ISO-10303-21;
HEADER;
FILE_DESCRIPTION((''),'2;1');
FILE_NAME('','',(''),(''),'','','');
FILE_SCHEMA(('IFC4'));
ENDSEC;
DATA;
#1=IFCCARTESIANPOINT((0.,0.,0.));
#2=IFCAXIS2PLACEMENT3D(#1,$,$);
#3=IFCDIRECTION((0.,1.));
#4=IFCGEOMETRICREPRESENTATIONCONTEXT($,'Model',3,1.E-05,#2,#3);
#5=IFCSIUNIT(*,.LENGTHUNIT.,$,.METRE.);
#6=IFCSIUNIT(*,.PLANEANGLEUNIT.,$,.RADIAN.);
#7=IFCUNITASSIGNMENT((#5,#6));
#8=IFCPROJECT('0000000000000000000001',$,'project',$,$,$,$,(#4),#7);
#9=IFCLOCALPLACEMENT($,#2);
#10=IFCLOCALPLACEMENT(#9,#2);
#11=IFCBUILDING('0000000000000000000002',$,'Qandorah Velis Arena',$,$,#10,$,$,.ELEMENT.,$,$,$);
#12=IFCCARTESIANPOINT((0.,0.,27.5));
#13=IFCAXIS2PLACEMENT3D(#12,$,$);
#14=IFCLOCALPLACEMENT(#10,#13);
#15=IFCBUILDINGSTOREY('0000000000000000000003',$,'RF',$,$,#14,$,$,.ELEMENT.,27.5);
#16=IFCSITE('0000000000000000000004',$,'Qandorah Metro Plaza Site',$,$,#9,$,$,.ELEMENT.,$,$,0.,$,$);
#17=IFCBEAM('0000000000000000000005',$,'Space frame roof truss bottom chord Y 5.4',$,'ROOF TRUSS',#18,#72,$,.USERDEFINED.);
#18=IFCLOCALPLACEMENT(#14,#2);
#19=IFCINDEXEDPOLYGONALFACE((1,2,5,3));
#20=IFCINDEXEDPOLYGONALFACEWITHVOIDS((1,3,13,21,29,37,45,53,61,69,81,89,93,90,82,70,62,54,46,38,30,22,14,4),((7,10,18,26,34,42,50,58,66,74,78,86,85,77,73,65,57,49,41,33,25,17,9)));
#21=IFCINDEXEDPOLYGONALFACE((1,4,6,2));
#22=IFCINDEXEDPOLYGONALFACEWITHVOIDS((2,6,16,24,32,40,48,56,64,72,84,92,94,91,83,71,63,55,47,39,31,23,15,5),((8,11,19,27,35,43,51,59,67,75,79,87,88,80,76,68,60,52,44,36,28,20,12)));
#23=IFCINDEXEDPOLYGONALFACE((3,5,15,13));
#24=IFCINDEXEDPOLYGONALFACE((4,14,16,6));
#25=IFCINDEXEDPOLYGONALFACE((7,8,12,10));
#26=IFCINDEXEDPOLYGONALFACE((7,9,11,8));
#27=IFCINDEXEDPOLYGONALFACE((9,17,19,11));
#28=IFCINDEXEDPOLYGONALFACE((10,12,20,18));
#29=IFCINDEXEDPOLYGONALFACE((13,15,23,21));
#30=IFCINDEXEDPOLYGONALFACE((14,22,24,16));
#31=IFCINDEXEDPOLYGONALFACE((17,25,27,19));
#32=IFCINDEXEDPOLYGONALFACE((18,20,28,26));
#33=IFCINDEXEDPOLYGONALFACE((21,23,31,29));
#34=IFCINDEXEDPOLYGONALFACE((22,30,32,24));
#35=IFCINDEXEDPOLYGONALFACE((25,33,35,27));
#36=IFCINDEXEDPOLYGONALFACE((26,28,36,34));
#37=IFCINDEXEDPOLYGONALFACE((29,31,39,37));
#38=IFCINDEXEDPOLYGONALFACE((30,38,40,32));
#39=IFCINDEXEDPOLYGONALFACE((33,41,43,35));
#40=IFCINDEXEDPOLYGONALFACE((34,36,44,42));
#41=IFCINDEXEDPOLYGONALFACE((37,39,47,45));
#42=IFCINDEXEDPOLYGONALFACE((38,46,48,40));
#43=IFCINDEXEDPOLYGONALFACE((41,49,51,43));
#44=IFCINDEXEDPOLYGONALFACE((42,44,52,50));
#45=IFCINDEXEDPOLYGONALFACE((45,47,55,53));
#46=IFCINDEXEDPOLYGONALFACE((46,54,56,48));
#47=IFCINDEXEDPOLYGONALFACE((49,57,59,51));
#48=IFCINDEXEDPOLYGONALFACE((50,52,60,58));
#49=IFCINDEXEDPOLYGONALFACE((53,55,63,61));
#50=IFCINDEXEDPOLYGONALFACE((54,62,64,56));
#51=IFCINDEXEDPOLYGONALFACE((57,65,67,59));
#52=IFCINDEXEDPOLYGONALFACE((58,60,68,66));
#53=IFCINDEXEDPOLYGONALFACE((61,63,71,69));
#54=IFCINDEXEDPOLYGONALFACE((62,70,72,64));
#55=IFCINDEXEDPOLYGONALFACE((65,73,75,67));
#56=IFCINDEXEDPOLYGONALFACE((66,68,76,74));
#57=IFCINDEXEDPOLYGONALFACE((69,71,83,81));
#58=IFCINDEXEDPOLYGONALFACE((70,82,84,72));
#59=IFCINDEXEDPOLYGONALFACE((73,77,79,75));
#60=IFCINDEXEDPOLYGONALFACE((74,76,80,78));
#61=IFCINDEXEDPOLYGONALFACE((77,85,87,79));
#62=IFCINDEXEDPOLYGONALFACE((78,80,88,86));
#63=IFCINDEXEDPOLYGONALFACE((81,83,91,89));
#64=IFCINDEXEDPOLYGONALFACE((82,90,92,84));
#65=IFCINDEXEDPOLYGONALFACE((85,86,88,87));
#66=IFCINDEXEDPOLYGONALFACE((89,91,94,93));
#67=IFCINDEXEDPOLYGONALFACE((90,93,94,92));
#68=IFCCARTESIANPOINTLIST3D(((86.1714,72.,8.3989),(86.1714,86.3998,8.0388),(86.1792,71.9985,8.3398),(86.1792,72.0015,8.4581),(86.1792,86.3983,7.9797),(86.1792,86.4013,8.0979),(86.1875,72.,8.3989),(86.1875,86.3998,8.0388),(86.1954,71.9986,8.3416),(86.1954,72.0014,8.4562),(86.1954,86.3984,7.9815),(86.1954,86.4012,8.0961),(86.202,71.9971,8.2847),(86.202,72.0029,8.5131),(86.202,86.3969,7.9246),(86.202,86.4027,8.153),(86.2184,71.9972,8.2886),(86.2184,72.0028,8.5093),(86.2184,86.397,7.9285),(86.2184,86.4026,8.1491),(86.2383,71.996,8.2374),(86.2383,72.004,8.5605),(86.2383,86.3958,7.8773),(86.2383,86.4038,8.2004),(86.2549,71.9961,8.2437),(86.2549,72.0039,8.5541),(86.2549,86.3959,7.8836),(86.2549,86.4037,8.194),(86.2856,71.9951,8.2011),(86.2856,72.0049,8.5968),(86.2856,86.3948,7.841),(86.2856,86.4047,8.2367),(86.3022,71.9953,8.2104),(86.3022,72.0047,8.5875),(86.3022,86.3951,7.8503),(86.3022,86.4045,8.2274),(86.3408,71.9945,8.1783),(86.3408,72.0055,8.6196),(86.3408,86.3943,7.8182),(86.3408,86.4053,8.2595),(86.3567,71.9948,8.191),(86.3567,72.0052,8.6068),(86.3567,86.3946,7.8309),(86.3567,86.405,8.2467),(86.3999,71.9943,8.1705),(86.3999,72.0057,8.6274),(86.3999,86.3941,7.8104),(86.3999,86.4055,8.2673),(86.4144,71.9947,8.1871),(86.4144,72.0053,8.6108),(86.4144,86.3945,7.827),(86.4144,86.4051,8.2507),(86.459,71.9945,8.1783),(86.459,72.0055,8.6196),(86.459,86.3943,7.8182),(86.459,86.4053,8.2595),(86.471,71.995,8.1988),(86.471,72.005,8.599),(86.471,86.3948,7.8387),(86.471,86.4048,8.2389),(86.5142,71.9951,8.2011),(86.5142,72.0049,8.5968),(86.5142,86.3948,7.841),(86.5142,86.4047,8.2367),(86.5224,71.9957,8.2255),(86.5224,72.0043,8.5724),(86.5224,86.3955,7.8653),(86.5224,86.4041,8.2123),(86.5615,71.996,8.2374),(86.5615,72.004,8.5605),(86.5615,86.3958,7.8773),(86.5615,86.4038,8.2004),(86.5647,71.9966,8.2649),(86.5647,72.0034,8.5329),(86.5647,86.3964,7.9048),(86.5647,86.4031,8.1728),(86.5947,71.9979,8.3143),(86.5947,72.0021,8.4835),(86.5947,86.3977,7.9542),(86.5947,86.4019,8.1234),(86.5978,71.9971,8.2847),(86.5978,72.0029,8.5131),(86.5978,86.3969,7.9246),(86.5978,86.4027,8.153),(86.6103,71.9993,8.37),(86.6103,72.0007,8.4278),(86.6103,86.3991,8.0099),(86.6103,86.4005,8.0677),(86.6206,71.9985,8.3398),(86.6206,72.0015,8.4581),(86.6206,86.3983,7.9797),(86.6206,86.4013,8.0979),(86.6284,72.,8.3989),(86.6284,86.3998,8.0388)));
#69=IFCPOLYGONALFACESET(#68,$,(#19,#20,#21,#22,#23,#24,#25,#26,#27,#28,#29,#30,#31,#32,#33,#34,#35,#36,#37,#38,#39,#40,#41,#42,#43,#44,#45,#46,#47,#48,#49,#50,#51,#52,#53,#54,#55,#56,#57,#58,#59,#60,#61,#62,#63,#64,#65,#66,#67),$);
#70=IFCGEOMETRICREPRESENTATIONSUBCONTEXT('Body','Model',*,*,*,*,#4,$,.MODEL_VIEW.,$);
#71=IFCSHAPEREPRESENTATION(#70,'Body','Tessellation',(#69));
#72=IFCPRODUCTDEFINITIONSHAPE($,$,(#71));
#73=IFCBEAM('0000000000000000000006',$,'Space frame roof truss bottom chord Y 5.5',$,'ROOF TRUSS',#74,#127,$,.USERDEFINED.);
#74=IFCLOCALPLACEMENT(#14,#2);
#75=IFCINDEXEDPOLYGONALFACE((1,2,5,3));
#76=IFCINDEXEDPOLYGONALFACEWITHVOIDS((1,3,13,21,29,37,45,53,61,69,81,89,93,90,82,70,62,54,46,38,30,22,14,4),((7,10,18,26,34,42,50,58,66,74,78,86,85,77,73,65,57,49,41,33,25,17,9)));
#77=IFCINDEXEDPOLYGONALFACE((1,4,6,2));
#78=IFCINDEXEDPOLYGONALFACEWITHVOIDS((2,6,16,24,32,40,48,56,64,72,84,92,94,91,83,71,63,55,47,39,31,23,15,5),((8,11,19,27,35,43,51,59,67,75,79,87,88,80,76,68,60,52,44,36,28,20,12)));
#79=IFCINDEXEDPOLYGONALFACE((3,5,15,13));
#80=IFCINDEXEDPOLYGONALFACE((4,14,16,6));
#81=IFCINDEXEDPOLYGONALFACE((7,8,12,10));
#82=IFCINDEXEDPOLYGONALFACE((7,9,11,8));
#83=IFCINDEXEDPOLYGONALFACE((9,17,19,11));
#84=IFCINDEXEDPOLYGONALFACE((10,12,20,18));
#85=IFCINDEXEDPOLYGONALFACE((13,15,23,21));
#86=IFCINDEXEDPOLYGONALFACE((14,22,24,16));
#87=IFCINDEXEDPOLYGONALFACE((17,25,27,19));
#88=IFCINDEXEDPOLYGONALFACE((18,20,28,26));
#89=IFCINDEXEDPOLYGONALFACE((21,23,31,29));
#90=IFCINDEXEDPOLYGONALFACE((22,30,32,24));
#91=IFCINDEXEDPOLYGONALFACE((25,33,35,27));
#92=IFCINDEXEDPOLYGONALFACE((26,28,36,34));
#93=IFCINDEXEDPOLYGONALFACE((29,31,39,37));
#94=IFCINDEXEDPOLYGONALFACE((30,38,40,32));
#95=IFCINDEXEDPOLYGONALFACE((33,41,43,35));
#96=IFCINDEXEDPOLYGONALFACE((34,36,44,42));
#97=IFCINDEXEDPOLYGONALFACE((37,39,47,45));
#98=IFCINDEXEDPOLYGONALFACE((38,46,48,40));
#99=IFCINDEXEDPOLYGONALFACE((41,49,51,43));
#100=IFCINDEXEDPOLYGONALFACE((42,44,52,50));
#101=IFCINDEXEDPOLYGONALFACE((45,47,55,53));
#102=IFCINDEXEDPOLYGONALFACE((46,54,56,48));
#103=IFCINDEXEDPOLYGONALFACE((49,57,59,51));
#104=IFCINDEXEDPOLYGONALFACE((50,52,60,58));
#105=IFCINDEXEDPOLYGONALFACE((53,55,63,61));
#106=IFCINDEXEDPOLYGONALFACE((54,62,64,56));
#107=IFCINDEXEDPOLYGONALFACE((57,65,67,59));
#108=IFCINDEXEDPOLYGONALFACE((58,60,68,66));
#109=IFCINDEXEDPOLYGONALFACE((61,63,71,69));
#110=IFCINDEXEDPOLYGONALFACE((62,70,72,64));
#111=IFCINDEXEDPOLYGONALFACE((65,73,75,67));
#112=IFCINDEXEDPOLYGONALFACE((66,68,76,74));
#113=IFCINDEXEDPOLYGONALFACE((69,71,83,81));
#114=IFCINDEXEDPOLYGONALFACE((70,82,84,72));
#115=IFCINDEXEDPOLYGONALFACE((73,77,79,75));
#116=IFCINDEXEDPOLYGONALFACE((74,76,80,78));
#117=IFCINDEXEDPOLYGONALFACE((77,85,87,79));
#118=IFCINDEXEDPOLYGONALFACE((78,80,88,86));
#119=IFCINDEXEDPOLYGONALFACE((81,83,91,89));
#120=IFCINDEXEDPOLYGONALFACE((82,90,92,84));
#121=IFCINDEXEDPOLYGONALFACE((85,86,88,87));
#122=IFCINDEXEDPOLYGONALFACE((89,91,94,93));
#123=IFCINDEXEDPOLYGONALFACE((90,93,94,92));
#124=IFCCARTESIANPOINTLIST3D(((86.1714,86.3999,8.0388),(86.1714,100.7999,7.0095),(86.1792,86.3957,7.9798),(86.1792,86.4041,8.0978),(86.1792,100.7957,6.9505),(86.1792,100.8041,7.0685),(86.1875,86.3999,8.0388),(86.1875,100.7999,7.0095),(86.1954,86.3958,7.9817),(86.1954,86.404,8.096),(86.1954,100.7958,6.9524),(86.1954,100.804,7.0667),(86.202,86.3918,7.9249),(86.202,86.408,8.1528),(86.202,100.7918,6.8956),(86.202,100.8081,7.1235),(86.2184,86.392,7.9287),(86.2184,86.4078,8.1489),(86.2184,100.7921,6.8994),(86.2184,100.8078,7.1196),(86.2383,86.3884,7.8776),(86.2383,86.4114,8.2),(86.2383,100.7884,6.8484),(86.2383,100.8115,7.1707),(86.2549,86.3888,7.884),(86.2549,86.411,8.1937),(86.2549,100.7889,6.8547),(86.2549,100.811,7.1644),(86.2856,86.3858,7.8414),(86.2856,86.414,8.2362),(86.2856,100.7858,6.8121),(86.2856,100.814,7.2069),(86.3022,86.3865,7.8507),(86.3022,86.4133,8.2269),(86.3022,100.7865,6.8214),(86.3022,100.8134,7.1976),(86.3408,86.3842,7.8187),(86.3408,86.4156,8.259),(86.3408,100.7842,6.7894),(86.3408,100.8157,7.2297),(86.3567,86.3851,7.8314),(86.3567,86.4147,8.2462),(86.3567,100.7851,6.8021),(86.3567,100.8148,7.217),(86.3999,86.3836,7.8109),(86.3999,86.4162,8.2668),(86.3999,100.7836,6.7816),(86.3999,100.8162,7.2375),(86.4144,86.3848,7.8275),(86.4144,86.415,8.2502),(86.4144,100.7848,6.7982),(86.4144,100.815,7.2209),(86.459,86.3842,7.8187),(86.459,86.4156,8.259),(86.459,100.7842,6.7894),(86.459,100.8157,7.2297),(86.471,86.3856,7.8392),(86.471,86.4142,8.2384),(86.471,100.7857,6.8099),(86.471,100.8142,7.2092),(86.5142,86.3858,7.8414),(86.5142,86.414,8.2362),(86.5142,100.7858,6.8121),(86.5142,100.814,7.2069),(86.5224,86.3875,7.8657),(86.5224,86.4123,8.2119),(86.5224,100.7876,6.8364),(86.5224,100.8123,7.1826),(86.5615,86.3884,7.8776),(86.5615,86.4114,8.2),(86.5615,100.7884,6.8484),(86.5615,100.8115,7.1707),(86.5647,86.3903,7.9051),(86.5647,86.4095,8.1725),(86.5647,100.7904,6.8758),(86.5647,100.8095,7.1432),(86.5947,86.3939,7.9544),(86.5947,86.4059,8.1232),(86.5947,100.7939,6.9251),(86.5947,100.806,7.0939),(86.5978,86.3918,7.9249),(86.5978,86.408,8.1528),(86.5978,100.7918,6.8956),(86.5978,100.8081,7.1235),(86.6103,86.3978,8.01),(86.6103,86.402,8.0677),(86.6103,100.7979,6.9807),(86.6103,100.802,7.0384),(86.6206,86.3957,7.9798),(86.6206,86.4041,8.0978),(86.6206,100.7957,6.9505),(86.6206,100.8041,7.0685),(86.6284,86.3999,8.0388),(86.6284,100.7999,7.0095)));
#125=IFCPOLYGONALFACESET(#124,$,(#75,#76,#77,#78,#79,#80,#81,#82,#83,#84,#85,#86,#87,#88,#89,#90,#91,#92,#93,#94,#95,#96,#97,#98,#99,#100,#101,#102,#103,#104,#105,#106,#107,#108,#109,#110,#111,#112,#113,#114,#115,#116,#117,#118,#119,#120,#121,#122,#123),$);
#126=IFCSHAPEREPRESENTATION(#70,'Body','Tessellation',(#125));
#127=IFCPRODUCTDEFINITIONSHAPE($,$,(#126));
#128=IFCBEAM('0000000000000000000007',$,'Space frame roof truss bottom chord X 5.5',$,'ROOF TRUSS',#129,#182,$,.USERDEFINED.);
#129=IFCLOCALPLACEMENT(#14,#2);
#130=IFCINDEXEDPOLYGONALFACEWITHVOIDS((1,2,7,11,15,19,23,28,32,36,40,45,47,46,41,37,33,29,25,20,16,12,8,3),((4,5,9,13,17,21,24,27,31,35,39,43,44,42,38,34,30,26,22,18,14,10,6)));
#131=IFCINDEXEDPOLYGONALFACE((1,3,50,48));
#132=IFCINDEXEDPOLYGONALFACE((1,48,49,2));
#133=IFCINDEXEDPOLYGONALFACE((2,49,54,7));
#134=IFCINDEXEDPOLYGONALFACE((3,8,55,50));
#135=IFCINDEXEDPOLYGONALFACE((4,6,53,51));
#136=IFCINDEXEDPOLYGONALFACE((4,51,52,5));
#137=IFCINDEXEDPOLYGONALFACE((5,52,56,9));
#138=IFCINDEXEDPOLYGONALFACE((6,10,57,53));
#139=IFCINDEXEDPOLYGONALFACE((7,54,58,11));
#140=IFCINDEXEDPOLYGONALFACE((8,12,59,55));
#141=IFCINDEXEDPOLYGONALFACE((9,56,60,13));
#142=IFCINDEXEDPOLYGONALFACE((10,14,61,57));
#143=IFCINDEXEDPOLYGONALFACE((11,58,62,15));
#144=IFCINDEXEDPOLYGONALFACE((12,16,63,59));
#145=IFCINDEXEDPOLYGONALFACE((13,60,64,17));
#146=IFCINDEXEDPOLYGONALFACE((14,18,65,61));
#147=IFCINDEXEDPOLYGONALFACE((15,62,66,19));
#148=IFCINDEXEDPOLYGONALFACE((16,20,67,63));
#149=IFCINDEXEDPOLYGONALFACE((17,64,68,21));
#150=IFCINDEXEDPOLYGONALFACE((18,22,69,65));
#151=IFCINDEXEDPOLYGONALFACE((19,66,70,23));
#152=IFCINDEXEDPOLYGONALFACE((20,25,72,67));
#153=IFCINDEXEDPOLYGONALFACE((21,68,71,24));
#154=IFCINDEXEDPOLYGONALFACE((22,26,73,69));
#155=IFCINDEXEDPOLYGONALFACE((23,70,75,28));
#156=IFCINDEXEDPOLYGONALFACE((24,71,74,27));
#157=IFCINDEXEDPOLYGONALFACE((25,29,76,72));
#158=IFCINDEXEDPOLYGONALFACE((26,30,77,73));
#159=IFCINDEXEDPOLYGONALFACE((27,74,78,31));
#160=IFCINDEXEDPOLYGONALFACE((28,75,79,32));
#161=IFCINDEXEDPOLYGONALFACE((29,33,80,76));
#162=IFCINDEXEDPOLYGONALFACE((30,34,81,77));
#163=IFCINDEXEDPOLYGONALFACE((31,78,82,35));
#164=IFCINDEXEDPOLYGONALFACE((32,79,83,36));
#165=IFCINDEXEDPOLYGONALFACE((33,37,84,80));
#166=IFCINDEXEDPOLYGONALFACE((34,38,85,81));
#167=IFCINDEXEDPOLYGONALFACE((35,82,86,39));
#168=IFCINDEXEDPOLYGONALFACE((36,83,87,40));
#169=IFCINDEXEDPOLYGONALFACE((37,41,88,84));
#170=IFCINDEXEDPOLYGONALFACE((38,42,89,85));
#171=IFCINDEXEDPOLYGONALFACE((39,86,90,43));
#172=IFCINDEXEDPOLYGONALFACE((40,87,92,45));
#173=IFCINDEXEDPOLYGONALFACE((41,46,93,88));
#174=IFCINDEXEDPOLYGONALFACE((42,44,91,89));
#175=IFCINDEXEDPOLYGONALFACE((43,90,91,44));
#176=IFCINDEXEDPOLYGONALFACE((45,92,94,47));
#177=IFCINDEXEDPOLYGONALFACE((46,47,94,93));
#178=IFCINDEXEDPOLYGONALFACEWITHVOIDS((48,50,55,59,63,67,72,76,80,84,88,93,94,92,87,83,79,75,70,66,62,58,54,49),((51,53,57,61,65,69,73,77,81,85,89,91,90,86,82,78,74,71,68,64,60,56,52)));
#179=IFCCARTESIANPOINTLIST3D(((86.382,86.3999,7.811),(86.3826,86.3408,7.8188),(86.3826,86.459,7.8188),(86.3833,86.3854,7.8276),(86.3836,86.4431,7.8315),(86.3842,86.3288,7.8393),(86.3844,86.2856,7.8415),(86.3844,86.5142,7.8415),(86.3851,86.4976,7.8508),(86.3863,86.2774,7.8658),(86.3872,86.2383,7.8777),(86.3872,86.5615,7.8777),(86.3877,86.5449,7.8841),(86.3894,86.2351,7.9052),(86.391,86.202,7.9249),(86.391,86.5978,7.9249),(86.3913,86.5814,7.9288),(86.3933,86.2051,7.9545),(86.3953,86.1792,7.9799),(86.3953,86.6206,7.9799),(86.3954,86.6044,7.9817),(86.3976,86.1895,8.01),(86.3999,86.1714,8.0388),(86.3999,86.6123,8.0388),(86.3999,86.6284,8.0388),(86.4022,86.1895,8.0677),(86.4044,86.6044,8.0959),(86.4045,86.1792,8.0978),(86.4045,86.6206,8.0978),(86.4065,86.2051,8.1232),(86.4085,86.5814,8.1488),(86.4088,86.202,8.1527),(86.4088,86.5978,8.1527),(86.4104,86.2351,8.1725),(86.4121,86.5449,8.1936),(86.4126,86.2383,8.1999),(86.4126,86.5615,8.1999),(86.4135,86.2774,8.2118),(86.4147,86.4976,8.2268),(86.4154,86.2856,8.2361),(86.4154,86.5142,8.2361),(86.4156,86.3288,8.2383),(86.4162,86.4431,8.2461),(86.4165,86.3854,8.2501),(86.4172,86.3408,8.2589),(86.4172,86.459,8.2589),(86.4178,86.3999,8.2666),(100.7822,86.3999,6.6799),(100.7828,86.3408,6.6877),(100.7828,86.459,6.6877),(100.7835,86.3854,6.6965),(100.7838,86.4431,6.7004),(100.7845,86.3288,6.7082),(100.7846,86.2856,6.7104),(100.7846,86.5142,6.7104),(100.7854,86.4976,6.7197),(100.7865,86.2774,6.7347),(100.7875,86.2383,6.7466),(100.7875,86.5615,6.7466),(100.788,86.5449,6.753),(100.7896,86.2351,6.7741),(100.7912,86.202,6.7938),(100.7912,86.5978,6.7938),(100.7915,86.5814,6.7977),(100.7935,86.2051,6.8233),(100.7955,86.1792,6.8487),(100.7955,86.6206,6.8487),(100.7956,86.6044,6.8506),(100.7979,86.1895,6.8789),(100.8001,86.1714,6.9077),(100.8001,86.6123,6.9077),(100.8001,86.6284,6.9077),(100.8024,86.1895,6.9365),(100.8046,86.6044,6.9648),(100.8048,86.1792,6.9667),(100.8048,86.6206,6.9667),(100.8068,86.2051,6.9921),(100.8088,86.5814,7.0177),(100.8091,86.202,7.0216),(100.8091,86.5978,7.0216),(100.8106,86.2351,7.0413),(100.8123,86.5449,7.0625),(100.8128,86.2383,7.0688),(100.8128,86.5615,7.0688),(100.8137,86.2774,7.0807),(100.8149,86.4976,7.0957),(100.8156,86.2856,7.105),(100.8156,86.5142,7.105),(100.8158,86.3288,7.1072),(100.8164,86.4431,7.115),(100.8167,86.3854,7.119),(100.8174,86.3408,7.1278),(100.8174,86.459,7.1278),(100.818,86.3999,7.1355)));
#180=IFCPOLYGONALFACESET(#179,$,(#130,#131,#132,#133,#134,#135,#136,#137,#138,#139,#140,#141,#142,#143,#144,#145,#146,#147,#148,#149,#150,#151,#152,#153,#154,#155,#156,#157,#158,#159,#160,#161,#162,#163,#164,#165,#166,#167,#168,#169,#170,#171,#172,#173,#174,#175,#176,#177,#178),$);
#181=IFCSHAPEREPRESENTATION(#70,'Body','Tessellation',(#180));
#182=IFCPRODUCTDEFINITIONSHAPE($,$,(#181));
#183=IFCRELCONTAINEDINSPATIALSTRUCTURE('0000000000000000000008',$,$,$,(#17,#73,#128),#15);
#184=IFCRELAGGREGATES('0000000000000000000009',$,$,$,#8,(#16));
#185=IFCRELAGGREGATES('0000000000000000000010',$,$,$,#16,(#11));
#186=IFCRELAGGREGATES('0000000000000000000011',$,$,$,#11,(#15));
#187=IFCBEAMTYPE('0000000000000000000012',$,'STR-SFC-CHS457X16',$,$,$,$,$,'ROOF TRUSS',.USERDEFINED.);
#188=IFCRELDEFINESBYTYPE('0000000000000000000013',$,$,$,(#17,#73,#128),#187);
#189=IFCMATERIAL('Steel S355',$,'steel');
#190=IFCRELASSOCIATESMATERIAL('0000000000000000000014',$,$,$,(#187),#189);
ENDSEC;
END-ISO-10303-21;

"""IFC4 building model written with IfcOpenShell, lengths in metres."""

from ifc_helpers import new_model, si_unit, direction, frame, origin, origin_2d, place, context, subcontext, project, spatial, hollow_circle, extrude, material, material_profile, profile_set, type_object, element, save


model = new_model("IFC4")

# Units and contexts
model_context = context("Model", 3, precision=1e-05, world=origin(), true_north=direction((0.0, 1.0)))
body_context = subcontext(model_context, "Body", "Model", "MODEL_VIEW")
ifc_project = project(units=[si_unit("LENGTHUNIT", "METRE"), si_unit("PLANEANGLEUNIT", "RADIAN")], contexts=[model_context])

# Site, building, storey
site_placement = place(None, origin())
site = spatial("IfcSite", under=ifc_project, at=site_placement, Name="Qandorah Metro Plaza Site", CompositionType="ELEMENT", RefElevation=0.0)
building_placement = place(site_placement, origin())
building = spatial("IfcBuilding", under=site, at=building_placement, Name="Qandorah Velis Arena", CompositionType="ELEMENT")
storey_placement = place(building_placement, frame((0.0, 0.0, 27.5)))
storey = spatial("IfcBuildingStorey", under=building, at=storey_placement, Name="RF", CompositionType="ELEMENT", Elevation=27.5)

# Shared definitions
ifc_material_1 = material(Name="Steel S355", Category="steel")

# Beams
ifc_material_profile_1 = material_profile(ifc_material_1, hollow_circle(Radius=0.2285, WallThickness=0.0161, at=origin_2d()), Name="CHS 457x16")
ifc_profile_set_1 = profile_set([ifc_material_profile_1], Name="Steel S355")
beam_type_1 = type_object("IfcBeamType", Name="STR-SFC-CHS457X16", ElementType="ROOF TRUSS", PredefinedType="USERDEFINED", material=ifc_profile_set_1)
beam_1_placement = place(storey_placement, frame((86.3999, 72.0, 8.3989), z_axis=(0.0, 0.999687, -0.025), x_axis=(-1.0, 0.0, 0.0)))
element("IfcBeam", 1, at=beam_1_placement, inside=storey, type_object=beam_type_1, Name="Space frame roof truss bottom chord Y 5.4", ObjectType="ROOF TRUSS", PredefinedType="USERDEFINED", context=body_context, shape_type="SweptSolid", body=[
    extrude(hollow_circle(Radius=0.2285, WallThickness=0.0161, at=origin_2d()), origin(), (0.0, 0.0, 1.0), 14.4043),
])
beam_2_placement = place(storey_placement, frame((86.3999, 86.3999, 8.0388), z_axis=(0.0, 0.997455, -0.071296), x_axis=(-1.0, 0.0, 0.0)))
element("IfcBeam", 2, at=beam_2_placement, inside=storey, type_object=beam_type_1, Name="Space frame roof truss bottom chord Y 5.5", ObjectType="ROOF TRUSS", PredefinedType="USERDEFINED", context=body_context, shape_type="SweptSolid", body=[
    extrude(hollow_circle(Radius=0.2285, WallThickness=0.0161, at=origin_2d()), origin(), (0.0, 0.0, 1.0), 14.4368),
])
beam_3_placement = place(storey_placement, frame((86.3999, 86.3999, 8.0388), z_axis=(0.996929, 0.0, -0.078307), x_axis=(0.0, 1.0, 0.0)))
element("IfcBeam", 3, at=beam_3_placement, inside=storey, type_object=beam_type_1, Name="Space frame roof truss bottom chord X 5.5", ObjectType="ROOF TRUSS", PredefinedType="USERDEFINED", context=body_context, shape_type="SweptSolid", body=[
    extrude(hollow_circle(Radius=0.2285, WallThickness=0.0161, at=origin_2d()), origin(), (0.0, 0.0, 1.0), 14.4446),
])

save(model, "model.ifc")
